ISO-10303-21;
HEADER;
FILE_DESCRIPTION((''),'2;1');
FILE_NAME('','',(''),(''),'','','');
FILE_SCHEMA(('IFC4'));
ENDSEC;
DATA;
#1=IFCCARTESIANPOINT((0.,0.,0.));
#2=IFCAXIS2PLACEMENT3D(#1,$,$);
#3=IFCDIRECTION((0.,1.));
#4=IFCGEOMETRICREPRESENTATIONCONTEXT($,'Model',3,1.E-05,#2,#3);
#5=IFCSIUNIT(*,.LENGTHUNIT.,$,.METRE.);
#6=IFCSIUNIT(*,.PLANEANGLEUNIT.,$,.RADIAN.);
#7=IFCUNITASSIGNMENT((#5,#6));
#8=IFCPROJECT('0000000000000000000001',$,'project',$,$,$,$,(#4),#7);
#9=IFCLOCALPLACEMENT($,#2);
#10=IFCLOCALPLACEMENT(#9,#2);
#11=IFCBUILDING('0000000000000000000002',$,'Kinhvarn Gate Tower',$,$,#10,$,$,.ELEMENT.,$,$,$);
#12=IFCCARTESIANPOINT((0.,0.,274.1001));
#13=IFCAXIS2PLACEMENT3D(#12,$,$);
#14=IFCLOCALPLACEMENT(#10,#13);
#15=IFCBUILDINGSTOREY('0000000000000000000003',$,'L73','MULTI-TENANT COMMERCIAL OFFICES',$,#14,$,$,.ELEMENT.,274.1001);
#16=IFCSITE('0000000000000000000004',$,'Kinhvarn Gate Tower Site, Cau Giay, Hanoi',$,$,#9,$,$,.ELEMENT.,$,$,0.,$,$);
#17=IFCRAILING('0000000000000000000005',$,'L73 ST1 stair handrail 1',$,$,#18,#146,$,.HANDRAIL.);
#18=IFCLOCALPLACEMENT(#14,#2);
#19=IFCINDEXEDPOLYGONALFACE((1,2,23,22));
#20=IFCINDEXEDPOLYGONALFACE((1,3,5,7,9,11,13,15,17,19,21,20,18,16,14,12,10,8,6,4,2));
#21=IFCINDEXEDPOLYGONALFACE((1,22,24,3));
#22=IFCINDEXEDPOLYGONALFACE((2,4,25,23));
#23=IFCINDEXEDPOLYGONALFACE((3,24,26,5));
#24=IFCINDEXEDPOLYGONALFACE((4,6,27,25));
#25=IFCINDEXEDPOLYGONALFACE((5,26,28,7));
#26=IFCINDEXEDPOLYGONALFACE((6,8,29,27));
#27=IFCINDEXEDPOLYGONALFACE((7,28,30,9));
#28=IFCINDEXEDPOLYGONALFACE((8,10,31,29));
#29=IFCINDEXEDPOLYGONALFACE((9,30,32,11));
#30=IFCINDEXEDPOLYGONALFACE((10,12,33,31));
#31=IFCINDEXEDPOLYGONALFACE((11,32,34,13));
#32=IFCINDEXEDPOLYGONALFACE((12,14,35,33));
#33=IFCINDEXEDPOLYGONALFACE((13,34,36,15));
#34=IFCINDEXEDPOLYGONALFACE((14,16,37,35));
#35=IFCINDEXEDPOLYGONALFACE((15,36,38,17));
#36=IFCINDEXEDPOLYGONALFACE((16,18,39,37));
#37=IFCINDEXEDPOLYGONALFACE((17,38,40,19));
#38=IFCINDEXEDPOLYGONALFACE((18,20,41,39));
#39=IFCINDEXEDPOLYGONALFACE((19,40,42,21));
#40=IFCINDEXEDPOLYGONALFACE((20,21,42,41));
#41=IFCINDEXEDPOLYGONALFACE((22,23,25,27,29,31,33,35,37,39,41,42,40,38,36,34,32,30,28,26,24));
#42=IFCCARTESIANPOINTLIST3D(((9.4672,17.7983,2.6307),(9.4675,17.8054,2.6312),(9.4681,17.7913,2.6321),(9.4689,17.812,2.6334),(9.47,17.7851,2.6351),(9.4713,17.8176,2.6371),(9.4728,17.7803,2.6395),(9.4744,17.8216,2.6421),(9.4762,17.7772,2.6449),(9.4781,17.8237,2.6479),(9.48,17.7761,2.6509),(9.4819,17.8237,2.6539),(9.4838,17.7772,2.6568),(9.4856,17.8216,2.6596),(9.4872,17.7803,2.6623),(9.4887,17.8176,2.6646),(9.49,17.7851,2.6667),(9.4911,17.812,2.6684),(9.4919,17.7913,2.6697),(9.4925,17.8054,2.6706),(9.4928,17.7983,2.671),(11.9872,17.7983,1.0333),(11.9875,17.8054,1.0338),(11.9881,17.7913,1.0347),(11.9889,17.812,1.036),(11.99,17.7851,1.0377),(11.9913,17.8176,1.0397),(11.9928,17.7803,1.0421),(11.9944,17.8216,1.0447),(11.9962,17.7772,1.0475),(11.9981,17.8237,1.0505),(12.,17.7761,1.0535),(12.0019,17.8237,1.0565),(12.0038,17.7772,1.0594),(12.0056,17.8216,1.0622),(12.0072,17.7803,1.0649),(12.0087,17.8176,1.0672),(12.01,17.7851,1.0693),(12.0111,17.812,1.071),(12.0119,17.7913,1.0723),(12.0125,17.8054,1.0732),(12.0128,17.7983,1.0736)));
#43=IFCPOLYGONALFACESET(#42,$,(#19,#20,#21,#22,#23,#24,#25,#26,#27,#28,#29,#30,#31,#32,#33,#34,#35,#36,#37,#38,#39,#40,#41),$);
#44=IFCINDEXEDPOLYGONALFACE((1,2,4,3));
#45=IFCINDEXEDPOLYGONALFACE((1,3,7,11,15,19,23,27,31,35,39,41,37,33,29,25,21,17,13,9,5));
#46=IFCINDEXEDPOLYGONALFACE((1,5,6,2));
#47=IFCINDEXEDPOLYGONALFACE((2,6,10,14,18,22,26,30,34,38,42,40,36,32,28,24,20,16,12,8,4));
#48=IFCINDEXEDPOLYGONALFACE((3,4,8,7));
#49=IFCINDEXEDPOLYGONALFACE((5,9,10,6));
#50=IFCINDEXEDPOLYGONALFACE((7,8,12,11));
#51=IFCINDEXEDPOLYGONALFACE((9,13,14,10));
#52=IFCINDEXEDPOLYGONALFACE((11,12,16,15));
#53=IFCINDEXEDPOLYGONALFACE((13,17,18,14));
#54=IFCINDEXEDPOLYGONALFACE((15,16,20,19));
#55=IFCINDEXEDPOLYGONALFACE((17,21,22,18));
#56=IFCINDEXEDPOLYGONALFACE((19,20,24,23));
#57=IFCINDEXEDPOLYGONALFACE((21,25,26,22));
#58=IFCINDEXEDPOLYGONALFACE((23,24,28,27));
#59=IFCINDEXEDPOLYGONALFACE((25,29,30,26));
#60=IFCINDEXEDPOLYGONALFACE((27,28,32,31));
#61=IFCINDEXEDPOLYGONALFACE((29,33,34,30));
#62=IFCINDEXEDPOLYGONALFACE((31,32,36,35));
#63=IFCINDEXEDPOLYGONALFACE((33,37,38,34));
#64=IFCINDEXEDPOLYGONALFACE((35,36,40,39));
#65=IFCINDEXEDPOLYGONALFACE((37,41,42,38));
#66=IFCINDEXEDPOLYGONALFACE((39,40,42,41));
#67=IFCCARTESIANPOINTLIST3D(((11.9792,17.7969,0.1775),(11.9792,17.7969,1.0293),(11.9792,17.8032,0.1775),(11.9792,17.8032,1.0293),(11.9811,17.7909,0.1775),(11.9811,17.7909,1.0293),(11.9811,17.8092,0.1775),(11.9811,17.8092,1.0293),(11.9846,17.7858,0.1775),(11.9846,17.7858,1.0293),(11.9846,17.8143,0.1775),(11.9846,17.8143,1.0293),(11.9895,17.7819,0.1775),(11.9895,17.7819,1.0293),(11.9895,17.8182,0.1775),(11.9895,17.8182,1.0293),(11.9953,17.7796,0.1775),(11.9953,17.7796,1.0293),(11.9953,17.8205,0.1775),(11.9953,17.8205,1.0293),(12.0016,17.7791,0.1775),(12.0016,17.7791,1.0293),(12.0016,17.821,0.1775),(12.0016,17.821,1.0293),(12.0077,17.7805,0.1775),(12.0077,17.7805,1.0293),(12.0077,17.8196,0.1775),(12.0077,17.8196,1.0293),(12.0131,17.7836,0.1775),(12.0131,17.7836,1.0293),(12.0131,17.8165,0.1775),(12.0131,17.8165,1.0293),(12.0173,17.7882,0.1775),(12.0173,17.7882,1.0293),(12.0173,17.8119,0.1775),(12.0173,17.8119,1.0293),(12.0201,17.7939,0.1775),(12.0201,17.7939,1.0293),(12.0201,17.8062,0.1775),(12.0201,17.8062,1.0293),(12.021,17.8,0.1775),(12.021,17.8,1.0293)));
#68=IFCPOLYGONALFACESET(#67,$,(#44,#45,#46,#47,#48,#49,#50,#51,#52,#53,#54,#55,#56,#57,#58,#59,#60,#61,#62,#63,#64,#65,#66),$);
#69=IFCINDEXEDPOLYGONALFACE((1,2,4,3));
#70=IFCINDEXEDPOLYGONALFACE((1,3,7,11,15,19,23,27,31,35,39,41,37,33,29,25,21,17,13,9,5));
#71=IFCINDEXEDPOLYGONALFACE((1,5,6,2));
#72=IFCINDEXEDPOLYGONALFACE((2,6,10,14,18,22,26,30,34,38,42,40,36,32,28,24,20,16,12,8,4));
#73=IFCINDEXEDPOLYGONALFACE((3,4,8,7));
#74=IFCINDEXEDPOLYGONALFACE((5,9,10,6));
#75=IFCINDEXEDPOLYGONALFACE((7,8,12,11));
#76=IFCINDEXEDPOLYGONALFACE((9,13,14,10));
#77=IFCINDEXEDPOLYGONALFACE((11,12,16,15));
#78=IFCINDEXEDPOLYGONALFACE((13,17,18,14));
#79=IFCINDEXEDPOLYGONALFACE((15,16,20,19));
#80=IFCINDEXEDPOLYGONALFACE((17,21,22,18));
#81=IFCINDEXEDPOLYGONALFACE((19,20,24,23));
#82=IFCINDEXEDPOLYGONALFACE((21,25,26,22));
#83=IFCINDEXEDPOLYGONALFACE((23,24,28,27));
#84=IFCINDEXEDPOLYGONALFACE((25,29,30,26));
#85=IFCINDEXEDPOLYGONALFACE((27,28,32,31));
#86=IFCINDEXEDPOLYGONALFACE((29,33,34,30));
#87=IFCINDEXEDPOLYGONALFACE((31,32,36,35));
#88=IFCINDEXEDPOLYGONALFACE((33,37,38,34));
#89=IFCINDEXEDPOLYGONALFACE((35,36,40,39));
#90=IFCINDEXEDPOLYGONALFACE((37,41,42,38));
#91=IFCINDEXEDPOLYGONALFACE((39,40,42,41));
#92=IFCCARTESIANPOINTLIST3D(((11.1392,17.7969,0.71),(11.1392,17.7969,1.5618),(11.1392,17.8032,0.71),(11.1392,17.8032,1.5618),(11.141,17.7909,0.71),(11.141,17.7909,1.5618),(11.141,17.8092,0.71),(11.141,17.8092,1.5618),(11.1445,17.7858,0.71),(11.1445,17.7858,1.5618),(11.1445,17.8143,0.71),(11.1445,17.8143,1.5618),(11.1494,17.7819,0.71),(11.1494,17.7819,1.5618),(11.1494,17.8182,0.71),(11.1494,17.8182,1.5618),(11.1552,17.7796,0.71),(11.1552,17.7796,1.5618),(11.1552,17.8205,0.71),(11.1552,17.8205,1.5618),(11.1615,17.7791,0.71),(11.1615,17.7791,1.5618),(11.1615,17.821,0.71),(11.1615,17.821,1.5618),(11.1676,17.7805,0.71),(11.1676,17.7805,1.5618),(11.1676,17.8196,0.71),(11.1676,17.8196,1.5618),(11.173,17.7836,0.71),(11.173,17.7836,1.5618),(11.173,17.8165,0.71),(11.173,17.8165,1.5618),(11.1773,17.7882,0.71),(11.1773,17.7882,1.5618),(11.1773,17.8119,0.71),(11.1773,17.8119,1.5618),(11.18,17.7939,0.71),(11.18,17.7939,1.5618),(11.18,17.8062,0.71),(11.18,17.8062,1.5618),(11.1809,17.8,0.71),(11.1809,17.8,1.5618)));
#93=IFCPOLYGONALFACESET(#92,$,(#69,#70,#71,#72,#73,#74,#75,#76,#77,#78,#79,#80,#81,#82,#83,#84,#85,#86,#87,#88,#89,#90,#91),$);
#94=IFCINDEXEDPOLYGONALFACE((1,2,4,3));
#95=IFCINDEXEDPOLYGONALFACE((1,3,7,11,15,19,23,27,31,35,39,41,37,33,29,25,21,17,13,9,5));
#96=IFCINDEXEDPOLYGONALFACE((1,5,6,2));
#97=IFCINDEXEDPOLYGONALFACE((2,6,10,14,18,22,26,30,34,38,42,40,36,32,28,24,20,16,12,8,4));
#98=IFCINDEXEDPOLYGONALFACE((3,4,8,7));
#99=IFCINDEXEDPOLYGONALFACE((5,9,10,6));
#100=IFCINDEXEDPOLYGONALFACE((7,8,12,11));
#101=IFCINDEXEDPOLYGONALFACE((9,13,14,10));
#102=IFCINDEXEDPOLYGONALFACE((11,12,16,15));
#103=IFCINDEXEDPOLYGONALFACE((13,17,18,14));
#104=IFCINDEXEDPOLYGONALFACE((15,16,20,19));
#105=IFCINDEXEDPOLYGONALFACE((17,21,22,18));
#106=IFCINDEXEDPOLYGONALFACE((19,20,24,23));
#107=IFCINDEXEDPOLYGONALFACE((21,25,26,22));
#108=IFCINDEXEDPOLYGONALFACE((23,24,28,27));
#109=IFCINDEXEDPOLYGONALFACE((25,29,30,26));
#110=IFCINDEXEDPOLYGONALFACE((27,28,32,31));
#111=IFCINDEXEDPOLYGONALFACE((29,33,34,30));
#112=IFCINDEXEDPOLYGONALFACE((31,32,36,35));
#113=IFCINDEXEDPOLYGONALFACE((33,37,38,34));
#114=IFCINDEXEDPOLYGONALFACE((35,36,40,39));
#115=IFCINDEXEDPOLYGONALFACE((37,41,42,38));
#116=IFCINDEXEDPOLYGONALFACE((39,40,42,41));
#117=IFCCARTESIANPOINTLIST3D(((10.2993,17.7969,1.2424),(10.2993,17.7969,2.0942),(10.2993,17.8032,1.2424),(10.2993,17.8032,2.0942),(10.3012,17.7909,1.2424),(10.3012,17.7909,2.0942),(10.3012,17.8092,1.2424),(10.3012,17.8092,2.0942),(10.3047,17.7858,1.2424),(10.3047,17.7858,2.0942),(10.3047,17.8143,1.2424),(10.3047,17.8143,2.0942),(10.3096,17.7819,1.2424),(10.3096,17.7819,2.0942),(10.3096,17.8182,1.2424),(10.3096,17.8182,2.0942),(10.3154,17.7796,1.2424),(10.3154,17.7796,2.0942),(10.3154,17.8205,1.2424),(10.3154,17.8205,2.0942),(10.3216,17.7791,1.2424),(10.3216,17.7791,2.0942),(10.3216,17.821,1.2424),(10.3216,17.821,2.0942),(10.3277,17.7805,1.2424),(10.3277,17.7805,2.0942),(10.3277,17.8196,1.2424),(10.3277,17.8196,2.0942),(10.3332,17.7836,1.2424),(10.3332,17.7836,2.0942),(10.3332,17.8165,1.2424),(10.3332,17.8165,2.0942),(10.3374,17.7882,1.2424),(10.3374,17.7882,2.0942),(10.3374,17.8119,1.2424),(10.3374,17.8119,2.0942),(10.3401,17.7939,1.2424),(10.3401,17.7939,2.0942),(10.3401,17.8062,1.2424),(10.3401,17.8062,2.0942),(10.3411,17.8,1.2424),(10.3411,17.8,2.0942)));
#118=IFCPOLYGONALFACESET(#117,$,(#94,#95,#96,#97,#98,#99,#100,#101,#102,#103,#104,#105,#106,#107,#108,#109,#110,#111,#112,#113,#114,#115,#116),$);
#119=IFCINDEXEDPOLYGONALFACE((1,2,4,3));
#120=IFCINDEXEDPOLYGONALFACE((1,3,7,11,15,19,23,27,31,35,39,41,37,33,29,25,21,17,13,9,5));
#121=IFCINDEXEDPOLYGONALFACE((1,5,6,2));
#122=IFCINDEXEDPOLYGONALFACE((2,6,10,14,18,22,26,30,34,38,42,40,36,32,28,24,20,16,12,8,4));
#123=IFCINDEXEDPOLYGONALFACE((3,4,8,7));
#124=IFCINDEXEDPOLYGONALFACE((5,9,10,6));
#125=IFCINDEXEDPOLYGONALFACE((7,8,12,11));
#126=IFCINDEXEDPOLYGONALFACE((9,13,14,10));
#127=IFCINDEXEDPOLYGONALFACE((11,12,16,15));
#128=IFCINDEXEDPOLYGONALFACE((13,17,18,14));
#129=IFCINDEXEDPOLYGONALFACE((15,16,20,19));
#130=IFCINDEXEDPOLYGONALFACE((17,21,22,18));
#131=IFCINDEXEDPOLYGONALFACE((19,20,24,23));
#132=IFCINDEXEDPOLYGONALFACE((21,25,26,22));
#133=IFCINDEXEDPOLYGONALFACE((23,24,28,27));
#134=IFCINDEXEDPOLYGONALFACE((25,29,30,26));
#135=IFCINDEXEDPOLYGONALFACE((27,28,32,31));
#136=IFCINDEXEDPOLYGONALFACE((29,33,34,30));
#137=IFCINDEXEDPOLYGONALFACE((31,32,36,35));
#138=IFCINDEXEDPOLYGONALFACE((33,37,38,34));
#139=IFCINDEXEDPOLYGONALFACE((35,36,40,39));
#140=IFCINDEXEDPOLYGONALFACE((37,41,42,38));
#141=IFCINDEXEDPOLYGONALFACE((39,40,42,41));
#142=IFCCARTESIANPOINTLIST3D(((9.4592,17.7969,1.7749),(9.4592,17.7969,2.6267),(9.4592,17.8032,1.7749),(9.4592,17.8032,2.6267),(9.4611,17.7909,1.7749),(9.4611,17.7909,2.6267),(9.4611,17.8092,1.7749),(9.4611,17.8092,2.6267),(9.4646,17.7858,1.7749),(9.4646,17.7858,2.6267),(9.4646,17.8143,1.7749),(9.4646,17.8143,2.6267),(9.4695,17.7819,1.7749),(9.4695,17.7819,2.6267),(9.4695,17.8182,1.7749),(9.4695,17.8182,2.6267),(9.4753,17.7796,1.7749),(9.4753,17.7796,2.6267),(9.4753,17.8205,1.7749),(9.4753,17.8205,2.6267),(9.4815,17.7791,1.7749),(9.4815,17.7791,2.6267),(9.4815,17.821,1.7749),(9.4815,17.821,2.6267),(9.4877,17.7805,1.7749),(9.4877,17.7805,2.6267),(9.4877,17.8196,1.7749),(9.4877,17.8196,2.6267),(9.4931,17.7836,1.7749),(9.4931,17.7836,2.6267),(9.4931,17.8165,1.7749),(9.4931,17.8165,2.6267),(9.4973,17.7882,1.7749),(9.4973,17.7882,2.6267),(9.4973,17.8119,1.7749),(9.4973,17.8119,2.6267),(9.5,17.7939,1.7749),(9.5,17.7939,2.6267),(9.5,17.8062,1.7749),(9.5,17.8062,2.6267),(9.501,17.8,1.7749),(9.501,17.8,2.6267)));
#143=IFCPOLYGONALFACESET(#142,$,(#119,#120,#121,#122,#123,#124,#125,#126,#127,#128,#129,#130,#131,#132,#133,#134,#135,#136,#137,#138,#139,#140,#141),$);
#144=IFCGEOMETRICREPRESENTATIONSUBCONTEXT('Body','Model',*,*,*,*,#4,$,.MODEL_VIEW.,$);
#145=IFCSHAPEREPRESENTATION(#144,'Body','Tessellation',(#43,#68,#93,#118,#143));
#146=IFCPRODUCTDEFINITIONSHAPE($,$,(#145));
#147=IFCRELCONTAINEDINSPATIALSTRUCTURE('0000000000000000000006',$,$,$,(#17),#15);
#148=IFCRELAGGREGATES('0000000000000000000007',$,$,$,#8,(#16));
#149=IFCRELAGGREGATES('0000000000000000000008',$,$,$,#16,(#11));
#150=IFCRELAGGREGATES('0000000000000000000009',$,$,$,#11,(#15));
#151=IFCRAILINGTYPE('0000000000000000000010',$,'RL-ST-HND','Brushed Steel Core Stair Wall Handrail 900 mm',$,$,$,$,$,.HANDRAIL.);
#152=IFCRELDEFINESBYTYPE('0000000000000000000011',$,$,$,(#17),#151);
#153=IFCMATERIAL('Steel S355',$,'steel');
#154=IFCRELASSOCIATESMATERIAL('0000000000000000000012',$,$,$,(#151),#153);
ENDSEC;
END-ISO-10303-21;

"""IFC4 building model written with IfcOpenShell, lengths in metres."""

from ifc_helpers import new_model, si_unit, direction, frame, origin, origin_2d, place, context, subcontext, project, spatial, circle, extrude, material, type_object, element, save


model = new_model("IFC4")

# Units and contexts
model_context = context("Model", 3, precision=1e-05, world=origin(), true_north=direction((0.0, 1.0)))
body_context = subcontext(model_context, "Body", "Model", "MODEL_VIEW")
ifc_project = project(units=[si_unit("LENGTHUNIT", "METRE"), si_unit("PLANEANGLEUNIT", "RADIAN")], contexts=[model_context])

# Site, building, storey
site_placement = place(None, origin())
site = spatial("IfcSite", under=ifc_project, at=site_placement, Name="Kinhvarn Gate Tower Site, Cau Giay, Hanoi", CompositionType="ELEMENT", RefElevation=0.0)
building_placement = place(site_placement, origin())
building = spatial("IfcBuilding", under=site, at=building_placement, Name="Kinhvarn Gate Tower", CompositionType="ELEMENT")
storey_placement = place(building_placement, frame((0.0, 0.0, 274.1001)))
storey = spatial("IfcBuildingStorey", under=building, at=storey_placement, Name="L73", Description="MULTI-TENANT COMMERCIAL OFFICES", CompositionType="ELEMENT", Elevation=274.1001)

# Shared definitions
ifc_material_1 = material(Name="Steel S355", Category="steel")

# Railing
railing_type_1 = type_object("IfcRailingType", Name="RL-ST-HND", Description="Brushed Steel Core Stair Wall Handrail 900 mm", PredefinedType="HANDRAIL", material=ifc_material_1)
railing_1_placement = place(storey_placement, frame((12.0, 17.8, 0.1775)))
element("IfcRailing", 1, at=railing_1_placement, inside=storey, type_object=railing_type_1, Name="L73 ST1 stair handrail 1", PredefinedType="HANDRAIL", context=body_context, shape_type="SweptSolid", body=[
    extrude(circle(Radius=0.0239, at=origin_2d()), frame((0.0, 0.0, 0.876), z_axis=(-0.844607, 0.0, 0.535387), x_axis=(0.0, -1.0, 0.0)), (0.0, 0.0, 1.0), 2.9836),
    extrude(circle(Radius=0.021, at=origin_2d()), origin(), (0.0, 0.0, 1.0), 0.8518),
    extrude(circle(Radius=0.021, at=origin_2d()), frame((-0.8401, 0.0, 0.5325)), (0.0, 0.0, 1.0), 0.8518),
    extrude(circle(Radius=0.021, at=origin_2d()), frame((-1.6799, 0.0, 1.0649)), (0.0, 0.0, 1.0), 0.8518),
    extrude(circle(Radius=0.021, at=origin_2d()), frame((-2.52, 0.0, 1.5974)), (0.0, 0.0, 1.0), 0.8518),
])

save(model, "model.ifc")
